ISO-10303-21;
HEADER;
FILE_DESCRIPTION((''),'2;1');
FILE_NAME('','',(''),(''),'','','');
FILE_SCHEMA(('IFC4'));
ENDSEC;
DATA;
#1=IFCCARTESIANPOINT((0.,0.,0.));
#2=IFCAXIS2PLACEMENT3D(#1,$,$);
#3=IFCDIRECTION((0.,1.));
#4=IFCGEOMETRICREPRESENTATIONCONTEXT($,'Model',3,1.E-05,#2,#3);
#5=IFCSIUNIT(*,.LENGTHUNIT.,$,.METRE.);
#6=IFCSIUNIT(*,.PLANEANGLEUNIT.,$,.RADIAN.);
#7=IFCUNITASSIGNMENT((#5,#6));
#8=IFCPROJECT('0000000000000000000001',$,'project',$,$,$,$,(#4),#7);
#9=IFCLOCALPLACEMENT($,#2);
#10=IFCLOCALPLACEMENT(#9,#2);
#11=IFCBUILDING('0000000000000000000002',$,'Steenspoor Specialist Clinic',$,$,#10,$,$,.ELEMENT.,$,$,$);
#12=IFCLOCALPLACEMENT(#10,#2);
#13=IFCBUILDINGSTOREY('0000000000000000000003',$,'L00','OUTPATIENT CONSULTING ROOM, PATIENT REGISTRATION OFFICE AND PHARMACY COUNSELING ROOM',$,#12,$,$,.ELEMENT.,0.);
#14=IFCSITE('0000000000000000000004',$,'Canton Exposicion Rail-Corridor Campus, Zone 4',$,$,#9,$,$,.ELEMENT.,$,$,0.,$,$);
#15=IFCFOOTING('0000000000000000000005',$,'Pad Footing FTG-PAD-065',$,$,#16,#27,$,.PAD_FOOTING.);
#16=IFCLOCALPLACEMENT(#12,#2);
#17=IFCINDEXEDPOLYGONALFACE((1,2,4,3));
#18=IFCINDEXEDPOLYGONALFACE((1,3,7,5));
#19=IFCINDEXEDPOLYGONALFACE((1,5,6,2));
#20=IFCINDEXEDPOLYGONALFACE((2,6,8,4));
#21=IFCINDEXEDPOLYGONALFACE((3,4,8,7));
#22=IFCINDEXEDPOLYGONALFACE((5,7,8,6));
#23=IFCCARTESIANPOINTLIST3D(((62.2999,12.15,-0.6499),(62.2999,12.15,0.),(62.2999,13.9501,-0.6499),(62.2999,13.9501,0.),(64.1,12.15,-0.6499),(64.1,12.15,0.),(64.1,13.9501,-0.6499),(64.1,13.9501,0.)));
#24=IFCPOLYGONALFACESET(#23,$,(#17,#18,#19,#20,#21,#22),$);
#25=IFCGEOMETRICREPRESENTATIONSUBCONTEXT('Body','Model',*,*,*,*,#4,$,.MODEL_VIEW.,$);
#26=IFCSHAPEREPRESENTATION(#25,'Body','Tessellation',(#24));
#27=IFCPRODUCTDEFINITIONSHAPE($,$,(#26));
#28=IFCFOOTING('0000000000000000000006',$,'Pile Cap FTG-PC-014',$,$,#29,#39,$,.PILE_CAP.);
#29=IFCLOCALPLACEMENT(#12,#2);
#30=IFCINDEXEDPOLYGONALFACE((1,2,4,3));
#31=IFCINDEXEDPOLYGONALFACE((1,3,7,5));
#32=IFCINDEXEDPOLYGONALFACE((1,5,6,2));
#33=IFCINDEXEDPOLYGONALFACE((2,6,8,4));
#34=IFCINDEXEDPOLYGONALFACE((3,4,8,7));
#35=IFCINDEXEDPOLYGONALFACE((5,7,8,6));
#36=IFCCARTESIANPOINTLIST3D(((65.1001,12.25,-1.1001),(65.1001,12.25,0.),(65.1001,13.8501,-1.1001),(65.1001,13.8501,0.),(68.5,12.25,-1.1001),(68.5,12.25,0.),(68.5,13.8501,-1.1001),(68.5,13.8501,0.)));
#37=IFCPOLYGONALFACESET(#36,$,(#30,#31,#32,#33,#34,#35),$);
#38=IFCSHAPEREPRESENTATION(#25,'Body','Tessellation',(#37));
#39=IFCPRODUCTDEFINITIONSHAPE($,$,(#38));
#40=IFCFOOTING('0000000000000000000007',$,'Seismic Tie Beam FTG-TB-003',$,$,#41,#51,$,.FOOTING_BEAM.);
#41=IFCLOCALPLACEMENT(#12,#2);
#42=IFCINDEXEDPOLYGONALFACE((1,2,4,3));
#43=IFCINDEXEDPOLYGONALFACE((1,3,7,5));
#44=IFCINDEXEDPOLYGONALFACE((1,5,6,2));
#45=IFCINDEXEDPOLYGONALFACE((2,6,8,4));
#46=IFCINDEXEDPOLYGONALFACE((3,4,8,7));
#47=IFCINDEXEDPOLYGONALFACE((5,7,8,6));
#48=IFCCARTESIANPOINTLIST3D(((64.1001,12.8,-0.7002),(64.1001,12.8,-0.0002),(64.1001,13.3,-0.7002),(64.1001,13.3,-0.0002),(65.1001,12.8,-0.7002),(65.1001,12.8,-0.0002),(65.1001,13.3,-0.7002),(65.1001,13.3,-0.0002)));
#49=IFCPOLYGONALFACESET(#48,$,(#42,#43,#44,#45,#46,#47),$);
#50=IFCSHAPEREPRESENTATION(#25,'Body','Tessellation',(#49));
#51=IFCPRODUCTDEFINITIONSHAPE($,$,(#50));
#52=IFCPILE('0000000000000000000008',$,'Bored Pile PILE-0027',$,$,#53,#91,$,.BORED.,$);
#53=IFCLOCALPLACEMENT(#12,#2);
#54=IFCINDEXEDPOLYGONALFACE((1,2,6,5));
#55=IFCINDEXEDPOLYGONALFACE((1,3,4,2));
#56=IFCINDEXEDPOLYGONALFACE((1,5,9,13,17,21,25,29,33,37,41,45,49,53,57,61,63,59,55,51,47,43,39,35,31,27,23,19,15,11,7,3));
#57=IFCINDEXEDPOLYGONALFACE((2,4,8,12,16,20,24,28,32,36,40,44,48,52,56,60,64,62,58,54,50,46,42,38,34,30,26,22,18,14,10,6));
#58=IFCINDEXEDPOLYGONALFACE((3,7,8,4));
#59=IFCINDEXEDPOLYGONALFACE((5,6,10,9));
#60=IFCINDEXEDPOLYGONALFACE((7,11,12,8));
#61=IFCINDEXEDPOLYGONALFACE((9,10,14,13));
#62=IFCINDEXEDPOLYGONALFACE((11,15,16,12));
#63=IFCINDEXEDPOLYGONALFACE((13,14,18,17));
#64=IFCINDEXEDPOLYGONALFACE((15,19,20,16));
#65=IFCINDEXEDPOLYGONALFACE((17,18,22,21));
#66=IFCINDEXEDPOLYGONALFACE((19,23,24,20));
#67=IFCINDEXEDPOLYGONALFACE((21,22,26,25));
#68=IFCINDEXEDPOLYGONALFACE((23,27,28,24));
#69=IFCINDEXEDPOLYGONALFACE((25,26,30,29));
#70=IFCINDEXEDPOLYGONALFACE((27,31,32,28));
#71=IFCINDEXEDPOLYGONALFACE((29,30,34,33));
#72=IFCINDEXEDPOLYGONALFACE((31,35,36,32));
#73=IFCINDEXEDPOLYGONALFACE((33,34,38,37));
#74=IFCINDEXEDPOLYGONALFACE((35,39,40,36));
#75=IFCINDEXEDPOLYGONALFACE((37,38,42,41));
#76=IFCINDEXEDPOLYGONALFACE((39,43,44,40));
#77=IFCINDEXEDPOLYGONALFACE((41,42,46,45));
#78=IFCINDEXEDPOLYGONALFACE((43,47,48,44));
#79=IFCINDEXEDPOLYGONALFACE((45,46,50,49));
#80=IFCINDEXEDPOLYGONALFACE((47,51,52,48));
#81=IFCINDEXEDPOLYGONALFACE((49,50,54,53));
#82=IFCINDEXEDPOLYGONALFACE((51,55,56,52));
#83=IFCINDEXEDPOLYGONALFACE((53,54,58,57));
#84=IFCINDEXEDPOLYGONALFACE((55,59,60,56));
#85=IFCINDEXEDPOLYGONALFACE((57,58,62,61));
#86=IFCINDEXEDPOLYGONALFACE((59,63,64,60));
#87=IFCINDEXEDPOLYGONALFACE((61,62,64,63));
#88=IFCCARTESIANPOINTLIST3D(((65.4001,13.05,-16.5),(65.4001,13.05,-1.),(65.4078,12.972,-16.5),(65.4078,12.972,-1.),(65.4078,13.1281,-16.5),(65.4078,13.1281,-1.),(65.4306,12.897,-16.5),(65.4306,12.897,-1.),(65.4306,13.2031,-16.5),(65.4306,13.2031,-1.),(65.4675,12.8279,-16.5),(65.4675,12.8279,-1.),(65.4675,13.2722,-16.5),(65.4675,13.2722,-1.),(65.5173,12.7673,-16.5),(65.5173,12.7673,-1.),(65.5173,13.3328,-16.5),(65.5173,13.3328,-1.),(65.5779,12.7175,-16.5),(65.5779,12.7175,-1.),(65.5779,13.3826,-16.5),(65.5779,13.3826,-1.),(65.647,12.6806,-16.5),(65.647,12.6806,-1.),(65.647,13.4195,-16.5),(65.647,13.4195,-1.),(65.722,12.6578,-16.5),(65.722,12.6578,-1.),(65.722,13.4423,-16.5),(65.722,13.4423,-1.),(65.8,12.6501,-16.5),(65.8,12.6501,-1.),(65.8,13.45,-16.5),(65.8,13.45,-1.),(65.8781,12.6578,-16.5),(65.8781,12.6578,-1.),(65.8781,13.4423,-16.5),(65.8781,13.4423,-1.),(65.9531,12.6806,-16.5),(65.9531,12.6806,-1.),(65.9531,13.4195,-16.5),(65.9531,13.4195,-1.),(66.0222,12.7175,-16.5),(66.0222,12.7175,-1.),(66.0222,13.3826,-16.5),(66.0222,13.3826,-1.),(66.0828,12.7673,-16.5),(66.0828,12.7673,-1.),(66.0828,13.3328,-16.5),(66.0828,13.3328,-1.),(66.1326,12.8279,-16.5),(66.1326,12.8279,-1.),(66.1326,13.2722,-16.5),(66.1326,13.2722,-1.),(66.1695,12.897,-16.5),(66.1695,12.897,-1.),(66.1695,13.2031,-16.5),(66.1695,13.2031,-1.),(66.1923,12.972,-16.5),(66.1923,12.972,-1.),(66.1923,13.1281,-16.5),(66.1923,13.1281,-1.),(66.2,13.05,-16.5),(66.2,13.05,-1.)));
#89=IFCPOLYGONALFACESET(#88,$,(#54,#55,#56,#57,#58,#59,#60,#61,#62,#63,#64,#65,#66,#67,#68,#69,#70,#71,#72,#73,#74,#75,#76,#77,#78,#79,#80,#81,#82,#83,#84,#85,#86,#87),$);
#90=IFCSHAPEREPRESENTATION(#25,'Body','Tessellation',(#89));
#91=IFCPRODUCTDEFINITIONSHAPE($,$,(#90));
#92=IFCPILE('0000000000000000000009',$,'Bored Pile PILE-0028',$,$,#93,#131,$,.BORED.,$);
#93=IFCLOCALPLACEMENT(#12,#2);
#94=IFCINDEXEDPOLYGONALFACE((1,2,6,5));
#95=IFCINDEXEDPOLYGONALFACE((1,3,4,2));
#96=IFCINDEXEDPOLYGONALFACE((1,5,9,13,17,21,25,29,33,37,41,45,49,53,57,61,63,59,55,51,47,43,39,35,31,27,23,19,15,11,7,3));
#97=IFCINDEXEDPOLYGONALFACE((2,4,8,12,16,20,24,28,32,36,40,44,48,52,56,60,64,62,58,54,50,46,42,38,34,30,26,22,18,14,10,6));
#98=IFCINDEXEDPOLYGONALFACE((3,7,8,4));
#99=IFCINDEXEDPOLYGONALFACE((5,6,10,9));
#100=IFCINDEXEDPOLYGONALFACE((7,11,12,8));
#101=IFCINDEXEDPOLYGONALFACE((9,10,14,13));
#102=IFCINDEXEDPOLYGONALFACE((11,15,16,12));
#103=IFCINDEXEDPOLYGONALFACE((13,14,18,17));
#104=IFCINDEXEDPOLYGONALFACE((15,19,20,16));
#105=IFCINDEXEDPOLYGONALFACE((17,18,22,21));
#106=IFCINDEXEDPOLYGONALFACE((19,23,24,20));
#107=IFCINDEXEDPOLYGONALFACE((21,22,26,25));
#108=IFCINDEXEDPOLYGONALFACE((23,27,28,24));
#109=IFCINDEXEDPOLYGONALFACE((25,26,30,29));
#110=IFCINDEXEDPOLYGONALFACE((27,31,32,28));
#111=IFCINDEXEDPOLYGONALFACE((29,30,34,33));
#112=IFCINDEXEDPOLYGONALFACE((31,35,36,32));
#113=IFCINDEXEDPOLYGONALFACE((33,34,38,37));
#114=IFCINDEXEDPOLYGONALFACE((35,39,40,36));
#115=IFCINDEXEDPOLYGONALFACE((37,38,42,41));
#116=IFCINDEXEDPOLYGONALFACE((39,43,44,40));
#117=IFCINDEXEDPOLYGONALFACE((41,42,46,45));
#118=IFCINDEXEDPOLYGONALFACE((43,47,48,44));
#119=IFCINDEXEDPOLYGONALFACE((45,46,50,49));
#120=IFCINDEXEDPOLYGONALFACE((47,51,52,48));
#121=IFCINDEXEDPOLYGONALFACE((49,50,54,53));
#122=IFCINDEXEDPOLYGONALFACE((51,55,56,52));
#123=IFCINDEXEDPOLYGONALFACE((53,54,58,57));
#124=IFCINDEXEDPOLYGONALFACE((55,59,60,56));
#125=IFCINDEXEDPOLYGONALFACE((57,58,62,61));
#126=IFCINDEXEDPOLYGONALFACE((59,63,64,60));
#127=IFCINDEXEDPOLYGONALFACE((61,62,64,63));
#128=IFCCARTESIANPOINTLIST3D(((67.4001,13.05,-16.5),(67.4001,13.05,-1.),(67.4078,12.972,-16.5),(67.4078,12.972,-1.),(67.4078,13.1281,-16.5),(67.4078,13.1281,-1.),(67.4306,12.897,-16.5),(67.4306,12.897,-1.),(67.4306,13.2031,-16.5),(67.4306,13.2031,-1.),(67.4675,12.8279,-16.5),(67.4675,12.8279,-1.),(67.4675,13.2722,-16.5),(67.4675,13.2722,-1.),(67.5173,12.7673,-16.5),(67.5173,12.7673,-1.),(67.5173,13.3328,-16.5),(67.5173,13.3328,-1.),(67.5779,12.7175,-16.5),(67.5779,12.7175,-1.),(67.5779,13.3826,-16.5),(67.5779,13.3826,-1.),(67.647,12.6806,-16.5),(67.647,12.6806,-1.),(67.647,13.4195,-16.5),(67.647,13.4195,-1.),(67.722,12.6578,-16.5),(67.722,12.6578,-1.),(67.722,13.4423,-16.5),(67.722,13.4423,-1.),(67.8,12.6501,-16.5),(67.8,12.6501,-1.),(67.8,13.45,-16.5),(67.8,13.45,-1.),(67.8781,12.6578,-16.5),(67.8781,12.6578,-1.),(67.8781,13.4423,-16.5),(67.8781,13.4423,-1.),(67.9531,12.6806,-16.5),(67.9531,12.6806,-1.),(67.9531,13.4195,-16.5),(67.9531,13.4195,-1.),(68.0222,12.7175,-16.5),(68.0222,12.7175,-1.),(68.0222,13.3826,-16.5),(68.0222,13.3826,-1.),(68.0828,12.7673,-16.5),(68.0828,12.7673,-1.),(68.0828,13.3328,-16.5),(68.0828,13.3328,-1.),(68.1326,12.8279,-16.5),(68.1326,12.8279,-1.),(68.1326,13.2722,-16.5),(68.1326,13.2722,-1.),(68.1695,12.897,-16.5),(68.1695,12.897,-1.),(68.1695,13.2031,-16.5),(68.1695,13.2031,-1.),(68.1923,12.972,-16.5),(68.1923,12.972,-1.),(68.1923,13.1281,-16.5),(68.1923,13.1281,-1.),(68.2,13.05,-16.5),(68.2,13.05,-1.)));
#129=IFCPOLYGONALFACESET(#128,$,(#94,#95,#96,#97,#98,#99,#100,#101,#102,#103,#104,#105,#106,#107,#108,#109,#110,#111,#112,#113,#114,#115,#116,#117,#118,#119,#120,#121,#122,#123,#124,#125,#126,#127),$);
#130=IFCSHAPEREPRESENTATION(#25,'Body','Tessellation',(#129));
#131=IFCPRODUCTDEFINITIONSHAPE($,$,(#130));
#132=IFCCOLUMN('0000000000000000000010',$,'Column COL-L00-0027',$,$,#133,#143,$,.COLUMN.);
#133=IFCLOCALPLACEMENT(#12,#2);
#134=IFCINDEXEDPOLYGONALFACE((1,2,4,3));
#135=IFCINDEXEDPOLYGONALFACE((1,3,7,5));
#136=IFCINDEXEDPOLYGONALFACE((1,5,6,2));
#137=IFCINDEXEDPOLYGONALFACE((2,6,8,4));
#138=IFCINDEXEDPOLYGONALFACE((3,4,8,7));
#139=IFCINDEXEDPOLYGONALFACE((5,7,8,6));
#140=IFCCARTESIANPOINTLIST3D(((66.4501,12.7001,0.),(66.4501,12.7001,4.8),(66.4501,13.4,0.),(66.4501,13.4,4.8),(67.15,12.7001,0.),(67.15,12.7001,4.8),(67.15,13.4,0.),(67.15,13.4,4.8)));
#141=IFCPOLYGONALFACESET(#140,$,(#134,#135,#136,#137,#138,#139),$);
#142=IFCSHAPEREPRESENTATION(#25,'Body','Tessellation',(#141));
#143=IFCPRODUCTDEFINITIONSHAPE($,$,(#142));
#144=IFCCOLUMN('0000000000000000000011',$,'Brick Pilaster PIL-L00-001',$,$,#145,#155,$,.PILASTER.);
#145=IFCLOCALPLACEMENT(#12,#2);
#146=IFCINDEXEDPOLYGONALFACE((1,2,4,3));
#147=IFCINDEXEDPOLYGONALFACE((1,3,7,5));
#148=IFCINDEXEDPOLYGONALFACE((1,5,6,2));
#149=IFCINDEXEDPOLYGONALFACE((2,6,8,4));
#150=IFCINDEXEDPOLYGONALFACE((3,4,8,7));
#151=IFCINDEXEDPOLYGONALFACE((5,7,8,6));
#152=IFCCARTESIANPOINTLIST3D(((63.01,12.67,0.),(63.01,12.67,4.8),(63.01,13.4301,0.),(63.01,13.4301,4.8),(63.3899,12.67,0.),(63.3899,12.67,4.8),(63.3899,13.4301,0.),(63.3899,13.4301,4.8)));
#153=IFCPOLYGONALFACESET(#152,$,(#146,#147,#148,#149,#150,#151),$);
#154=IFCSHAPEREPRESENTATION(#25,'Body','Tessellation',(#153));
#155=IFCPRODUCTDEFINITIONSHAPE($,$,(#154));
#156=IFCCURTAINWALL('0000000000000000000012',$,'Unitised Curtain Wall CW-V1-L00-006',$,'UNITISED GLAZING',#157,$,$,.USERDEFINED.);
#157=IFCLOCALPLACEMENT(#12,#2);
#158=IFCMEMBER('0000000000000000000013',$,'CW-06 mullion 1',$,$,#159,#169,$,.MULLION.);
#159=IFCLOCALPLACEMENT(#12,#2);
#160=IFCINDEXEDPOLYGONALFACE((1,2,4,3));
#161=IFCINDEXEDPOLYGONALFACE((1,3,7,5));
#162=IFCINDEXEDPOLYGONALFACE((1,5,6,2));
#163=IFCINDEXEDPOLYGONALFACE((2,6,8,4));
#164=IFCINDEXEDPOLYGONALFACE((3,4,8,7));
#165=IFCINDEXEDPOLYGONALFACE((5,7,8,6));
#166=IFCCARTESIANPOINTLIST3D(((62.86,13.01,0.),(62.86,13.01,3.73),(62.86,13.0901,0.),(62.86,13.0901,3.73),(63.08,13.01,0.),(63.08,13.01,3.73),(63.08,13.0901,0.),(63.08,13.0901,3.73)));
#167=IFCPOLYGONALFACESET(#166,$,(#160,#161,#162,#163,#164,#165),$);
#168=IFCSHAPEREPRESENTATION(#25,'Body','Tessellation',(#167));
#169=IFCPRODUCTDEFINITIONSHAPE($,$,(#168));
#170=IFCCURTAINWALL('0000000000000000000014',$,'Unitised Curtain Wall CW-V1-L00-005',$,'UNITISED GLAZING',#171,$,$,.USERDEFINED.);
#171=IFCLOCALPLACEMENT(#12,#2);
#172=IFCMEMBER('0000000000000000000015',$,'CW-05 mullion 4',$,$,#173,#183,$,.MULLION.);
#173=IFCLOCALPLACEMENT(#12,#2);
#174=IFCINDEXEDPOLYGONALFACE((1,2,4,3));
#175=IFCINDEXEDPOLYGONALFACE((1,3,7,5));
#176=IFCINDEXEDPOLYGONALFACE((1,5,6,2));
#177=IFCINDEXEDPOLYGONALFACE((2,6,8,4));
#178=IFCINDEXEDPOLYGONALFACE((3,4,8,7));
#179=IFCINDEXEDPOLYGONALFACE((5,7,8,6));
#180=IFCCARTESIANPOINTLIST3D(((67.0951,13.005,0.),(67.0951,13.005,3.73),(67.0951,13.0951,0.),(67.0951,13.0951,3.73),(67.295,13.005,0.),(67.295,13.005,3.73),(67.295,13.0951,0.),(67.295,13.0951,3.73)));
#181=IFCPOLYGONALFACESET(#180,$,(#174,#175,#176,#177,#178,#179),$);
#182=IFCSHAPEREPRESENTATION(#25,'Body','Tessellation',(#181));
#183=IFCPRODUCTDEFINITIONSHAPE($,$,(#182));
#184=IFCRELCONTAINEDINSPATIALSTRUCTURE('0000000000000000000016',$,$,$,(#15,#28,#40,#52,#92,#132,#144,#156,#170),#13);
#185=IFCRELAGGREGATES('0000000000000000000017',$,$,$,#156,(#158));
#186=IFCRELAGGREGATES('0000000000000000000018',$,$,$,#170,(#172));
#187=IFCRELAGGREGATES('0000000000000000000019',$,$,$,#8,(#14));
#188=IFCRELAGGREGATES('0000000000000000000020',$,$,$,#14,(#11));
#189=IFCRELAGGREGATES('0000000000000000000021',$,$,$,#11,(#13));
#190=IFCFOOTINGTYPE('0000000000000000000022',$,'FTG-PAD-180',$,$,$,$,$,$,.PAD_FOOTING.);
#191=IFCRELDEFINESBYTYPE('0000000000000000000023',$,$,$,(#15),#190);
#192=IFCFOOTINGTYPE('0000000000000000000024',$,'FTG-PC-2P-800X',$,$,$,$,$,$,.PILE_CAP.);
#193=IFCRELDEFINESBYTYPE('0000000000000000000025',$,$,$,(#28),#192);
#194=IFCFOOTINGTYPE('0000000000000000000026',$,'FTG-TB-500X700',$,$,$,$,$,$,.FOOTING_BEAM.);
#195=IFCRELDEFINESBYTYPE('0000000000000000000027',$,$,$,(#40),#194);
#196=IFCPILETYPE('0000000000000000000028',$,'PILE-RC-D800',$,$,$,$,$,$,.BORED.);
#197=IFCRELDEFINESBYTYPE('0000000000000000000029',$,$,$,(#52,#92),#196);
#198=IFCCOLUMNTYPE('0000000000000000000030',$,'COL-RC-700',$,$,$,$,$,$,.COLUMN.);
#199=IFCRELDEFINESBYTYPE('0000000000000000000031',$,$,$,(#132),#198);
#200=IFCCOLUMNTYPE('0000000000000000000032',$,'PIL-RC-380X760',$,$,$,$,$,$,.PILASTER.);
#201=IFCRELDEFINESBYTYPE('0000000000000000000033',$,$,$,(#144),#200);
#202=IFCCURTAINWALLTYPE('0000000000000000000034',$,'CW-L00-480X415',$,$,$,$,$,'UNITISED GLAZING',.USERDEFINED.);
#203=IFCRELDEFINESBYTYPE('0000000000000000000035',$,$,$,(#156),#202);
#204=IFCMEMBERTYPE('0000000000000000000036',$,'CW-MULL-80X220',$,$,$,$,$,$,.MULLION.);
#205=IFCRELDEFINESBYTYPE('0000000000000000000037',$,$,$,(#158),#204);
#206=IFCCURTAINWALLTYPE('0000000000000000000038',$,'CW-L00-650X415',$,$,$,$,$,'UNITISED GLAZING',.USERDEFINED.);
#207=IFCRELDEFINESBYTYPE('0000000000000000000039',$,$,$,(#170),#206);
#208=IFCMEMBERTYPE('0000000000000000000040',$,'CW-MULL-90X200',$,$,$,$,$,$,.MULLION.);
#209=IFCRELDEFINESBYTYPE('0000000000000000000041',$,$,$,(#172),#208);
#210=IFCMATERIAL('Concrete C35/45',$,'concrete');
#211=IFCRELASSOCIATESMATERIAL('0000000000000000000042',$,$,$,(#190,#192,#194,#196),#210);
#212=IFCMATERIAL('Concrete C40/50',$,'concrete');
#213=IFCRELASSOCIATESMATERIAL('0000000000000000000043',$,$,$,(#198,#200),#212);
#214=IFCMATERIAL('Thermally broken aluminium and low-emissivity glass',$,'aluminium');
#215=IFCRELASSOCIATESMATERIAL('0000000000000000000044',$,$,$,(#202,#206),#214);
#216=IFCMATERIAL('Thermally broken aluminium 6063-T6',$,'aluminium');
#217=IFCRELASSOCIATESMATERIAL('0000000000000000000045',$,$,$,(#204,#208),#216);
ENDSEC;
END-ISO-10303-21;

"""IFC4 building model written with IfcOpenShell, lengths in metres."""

from ifc_helpers import new_model, si_unit, direction, frame, origin, origin_2d, place, context, subcontext, project, spatial, rectangle, circle, extrude, material, material_profile, profile_set, type_object, element, aggregate, save


model = new_model("IFC4")

# Units and contexts
model_context = context("Model", 3, precision=1e-05, world=origin(), true_north=direction((0.0, 1.0)))
body_context = subcontext(model_context, "Body", "Model", "MODEL_VIEW")
ifc_project = project(units=[si_unit("LENGTHUNIT", "METRE"), si_unit("PLANEANGLEUNIT", "RADIAN")], contexts=[model_context])

# Site, building, storey
site_placement = place(None, origin())
site = spatial("IfcSite", under=ifc_project, at=site_placement, Name="Canton Exposicion Rail-Corridor Campus, Zone 4", CompositionType="ELEMENT", RefElevation=0.0)
building_placement = place(site_placement, origin())
building = spatial("IfcBuilding", under=site, at=building_placement, Name="Steenspoor Specialist Clinic", CompositionType="ELEMENT")
storey_placement = place(building_placement, origin())
storey = spatial("IfcBuildingStorey", under=building, at=storey_placement, Name="L00", Description="OUTPATIENT CONSULTING ROOM, PATIENT REGISTRATION OFFICE AND PHARMACY COUNSELING ROOM", CompositionType="ELEMENT", Elevation=0.0)

# Footings
ifc_material_1 = material(Name="Concrete C35/45", Category="concrete")
footing_type_1 = type_object("IfcFootingType", Name="FTG-PAD-180", PredefinedType="PAD_FOOTING", material=ifc_material_1)
footing_1_placement = place(storey_placement, frame((63.2, 13.05, -0.6499), z_axis=(0.0, 0.0, 1.0), x_axis=(1.0, 0.0, 0.0)))
element("IfcFooting", 1, at=footing_1_placement, inside=storey, type_object=footing_type_1, Name="Pad Footing FTG-PAD-065", PredefinedType="PAD_FOOTING", context=body_context, shape_type="SweptSolid", body=[
    extrude(rectangle(XDim=1.8, YDim=1.8, at=origin_2d()), origin(), (0.0, 0.0, 1.0), 0.6499),
])
footing_type_2 = type_object("IfcFootingType", Name="FTG-PC-2P-800X", PredefinedType="PILE_CAP", material=ifc_material_1)
footing_2_placement = place(storey_placement, frame((66.8, 13.05, -1.1001), z_axis=(0.0, 0.0, 1.0), x_axis=(1.0, 0.0, 0.0)))
element("IfcFooting", 2, at=footing_2_placement, inside=storey, type_object=footing_type_2, Name="Pile Cap FTG-PC-014", PredefinedType="PILE_CAP", context=body_context, shape_type="SweptSolid", body=[
    extrude(rectangle(XDim=3.3999, YDim=1.6001, at=origin_2d()), origin(), (0.0, 0.0, 1.0), 1.1001),
])
footing_type_3 = type_object("IfcFootingType", Name="FTG-TB-500X700", PredefinedType="FOOTING_BEAM", material=ifc_material_1)
footing_3_placement = place(storey_placement, frame((64.6001, 13.05, -0.7002), z_axis=(0.0, 0.0, 1.0), x_axis=(1.0, 0.0, 0.0)))
element("IfcFooting", 3, at=footing_3_placement, inside=storey, type_object=footing_type_3, Name="Seismic Tie Beam FTG-TB-003", PredefinedType="FOOTING_BEAM", context=body_context, shape_type="SweptSolid", body=[
    extrude(rectangle(XDim=1.0, YDim=0.5, at=origin_2d()), origin(), (0.0, 0.0, 1.0), 0.7),
])

# Piles
ifc_material_profile_1 = material_profile(ifc_material_1, circle(Radius=0.3999, at=origin_2d()), Name="PILE-D800")
ifc_profile_set_1 = profile_set([ifc_material_profile_1], Name="Concrete C35/45")
pile_type = type_object("IfcPileType", Name="PILE-RC-D800", PredefinedType="BORED", material=ifc_profile_set_1)
for number, where, z_axis, x_axis, name in (
    (4, (65.8, 13.05, -1.0), (0.0, 0.0, -1.0), (1.0, 0.0, 0.0), "Bored Pile PILE-0027"),
    (5, (67.8, 13.05, -1.0), (0.0, 0.0, -1.0), (1.0, 0.0, 0.0), "Bored Pile PILE-0028"),
):
    element("IfcPile", number, at=place(storey_placement, frame(where, z_axis=z_axis, x_axis=x_axis)), inside=storey, type_object=pile_type, Name=name, PredefinedType="BORED", context=body_context, shape_type="SweptSolid", body=[
        extrude(circle(Radius=0.3999, at=origin_2d()), origin(), (0.0, 0.0, 1.0), 15.5),
    ])

# Columns
ifc_material_2 = material(Name="Concrete C40/50", Category="concrete")
ifc_material_profile_2 = material_profile(ifc_material_2, rectangle(XDim=0.7, YDim=0.7, at=origin_2d()), Name="RC-COL-700X700")
ifc_profile_set_2 = profile_set([ifc_material_profile_2], Name="Concrete C40/50")
column_type_1 = type_object("IfcColumnType", Name="COL-RC-700", PredefinedType="COLUMN", material=ifc_profile_set_2)
column_1_placement = place(storey_placement, frame((66.8, 13.05, 0.0), z_axis=(0.0, 0.0, 1.0), x_axis=(1.0, 0.0, 0.0)))
element("IfcColumn", 6, at=column_1_placement, inside=storey, type_object=column_type_1, Name="Column COL-L00-0027", PredefinedType="COLUMN", context=body_context, shape_type="SweptSolid", body=[
    extrude(rectangle(XDim=0.7, YDim=0.7, at=origin_2d()), origin(), (0.0, 0.0, 1.0), 4.8),
])
ifc_material_profile_3 = material_profile(ifc_material_2, rectangle(XDim=0.3799, YDim=0.76, at=origin_2d()), Name="RC-PIL-380X760")
ifc_profile_set_3 = profile_set([ifc_material_profile_3], Name="Concrete C40/50")
column_type_2 = type_object("IfcColumnType", Name="PIL-RC-380X760", PredefinedType="PILASTER", material=ifc_profile_set_3)
column_2_placement = place(storey_placement, frame((63.2, 13.05, 0.0), z_axis=(0.0, 0.0, 1.0), x_axis=(1.0, 0.0, 0.0)))
element("IfcColumn", 7, at=column_2_placement, inside=storey, type_object=column_type_2, Name="Brick Pilaster PIL-L00-001", PredefinedType="PILASTER", context=body_context, shape_type="SweptSolid", body=[
    extrude(rectangle(XDim=0.3799, YDim=0.76, at=origin_2d()), origin(), (0.0, 0.0, 1.0), 4.8),
])

# Curtain walls, members
ifc_material_3 = material(Name="Thermally broken aluminium and low-emissivity glass", Category="aluminium")
curtain_wall_type_1 = type_object("IfcCurtainWallType", Name="CW-L00-480X415", ElementType="UNITISED GLAZING", PredefinedType="USERDEFINED", material=ifc_material_3)
curtain_wall_1_placement = place(storey_placement, origin())
curtain_wall_1 = element("IfcCurtainWall", 8, at=curtain_wall_1_placement, inside=storey, type_object=curtain_wall_type_1, Name="Unitised Curtain Wall CW-V1-L00-006", ObjectType="UNITISED GLAZING", PredefinedType="USERDEFINED")
ifc_material_4 = material(Name="Thermally broken aluminium 6063-T6", Category="aluminium")
ifc_material_profile_4 = material_profile(ifc_material_4, rectangle(XDim=0.0801, YDim=0.22, at=origin_2d()), Name="CWM-80X220")
ifc_profile_set_4 = profile_set([ifc_material_profile_4], Name="Thermally broken aluminium 6063-T6")
member_type_1 = type_object("IfcMemberType", Name="CW-MULL-80X220", PredefinedType="MULLION", material=ifc_profile_set_4)
member_1_placement = place(storey_placement, frame((62.97, 13.05, 0.0), z_axis=(0.0, 0.0, 1.0), x_axis=(0.0, -1.0, 0.0)))
member_1 = element("IfcMember", 9, at=member_1_placement, type_object=member_type_1, Name="CW-06 mullion 1", PredefinedType="MULLION", context=body_context, shape_type="SweptSolid", body=[
    extrude(rectangle(XDim=0.0801, YDim=0.22, at=origin_2d()), origin(), (0.0, 0.0, 1.0), 3.73),
])
curtain_wall_type_2 = type_object("IfcCurtainWallType", Name="CW-L00-650X415", ElementType="UNITISED GLAZING", PredefinedType="USERDEFINED", material=ifc_material_3)
curtain_wall_2_placement = place(storey_placement, origin())
curtain_wall_2 = element("IfcCurtainWall", 10, at=curtain_wall_2_placement, inside=storey, type_object=curtain_wall_type_2, Name="Unitised Curtain Wall CW-V1-L00-005", ObjectType="UNITISED GLAZING", PredefinedType="USERDEFINED")
ifc_material_profile_5 = material_profile(ifc_material_4, rectangle(XDim=0.0901, YDim=0.2, at=origin_2d()), Name="CWM-90X200")
ifc_profile_set_5 = profile_set([ifc_material_profile_5], Name="Thermally broken aluminium 6063-T6")
member_type_2 = type_object("IfcMemberType", Name="CW-MULL-90X200", PredefinedType="MULLION", material=ifc_profile_set_5)
member_2_placement = place(storey_placement, frame((67.1951, 13.05, 0.0), z_axis=(0.0, 0.0, 1.0), x_axis=(0.0, -1.0, 0.0)))
member_2 = element("IfcMember", 11, at=member_2_placement, type_object=member_type_2, Name="CW-05 mullion 4", PredefinedType="MULLION", context=body_context, shape_type="SweptSolid", body=[
    extrude(rectangle(XDim=0.0901, YDim=0.2, at=origin_2d()), origin(), (0.0, 0.0, 1.0), 3.73),
])

aggregate(curtain_wall_1, [member_1])
aggregate(curtain_wall_2, [member_2])

save(model, "model.ifc")
